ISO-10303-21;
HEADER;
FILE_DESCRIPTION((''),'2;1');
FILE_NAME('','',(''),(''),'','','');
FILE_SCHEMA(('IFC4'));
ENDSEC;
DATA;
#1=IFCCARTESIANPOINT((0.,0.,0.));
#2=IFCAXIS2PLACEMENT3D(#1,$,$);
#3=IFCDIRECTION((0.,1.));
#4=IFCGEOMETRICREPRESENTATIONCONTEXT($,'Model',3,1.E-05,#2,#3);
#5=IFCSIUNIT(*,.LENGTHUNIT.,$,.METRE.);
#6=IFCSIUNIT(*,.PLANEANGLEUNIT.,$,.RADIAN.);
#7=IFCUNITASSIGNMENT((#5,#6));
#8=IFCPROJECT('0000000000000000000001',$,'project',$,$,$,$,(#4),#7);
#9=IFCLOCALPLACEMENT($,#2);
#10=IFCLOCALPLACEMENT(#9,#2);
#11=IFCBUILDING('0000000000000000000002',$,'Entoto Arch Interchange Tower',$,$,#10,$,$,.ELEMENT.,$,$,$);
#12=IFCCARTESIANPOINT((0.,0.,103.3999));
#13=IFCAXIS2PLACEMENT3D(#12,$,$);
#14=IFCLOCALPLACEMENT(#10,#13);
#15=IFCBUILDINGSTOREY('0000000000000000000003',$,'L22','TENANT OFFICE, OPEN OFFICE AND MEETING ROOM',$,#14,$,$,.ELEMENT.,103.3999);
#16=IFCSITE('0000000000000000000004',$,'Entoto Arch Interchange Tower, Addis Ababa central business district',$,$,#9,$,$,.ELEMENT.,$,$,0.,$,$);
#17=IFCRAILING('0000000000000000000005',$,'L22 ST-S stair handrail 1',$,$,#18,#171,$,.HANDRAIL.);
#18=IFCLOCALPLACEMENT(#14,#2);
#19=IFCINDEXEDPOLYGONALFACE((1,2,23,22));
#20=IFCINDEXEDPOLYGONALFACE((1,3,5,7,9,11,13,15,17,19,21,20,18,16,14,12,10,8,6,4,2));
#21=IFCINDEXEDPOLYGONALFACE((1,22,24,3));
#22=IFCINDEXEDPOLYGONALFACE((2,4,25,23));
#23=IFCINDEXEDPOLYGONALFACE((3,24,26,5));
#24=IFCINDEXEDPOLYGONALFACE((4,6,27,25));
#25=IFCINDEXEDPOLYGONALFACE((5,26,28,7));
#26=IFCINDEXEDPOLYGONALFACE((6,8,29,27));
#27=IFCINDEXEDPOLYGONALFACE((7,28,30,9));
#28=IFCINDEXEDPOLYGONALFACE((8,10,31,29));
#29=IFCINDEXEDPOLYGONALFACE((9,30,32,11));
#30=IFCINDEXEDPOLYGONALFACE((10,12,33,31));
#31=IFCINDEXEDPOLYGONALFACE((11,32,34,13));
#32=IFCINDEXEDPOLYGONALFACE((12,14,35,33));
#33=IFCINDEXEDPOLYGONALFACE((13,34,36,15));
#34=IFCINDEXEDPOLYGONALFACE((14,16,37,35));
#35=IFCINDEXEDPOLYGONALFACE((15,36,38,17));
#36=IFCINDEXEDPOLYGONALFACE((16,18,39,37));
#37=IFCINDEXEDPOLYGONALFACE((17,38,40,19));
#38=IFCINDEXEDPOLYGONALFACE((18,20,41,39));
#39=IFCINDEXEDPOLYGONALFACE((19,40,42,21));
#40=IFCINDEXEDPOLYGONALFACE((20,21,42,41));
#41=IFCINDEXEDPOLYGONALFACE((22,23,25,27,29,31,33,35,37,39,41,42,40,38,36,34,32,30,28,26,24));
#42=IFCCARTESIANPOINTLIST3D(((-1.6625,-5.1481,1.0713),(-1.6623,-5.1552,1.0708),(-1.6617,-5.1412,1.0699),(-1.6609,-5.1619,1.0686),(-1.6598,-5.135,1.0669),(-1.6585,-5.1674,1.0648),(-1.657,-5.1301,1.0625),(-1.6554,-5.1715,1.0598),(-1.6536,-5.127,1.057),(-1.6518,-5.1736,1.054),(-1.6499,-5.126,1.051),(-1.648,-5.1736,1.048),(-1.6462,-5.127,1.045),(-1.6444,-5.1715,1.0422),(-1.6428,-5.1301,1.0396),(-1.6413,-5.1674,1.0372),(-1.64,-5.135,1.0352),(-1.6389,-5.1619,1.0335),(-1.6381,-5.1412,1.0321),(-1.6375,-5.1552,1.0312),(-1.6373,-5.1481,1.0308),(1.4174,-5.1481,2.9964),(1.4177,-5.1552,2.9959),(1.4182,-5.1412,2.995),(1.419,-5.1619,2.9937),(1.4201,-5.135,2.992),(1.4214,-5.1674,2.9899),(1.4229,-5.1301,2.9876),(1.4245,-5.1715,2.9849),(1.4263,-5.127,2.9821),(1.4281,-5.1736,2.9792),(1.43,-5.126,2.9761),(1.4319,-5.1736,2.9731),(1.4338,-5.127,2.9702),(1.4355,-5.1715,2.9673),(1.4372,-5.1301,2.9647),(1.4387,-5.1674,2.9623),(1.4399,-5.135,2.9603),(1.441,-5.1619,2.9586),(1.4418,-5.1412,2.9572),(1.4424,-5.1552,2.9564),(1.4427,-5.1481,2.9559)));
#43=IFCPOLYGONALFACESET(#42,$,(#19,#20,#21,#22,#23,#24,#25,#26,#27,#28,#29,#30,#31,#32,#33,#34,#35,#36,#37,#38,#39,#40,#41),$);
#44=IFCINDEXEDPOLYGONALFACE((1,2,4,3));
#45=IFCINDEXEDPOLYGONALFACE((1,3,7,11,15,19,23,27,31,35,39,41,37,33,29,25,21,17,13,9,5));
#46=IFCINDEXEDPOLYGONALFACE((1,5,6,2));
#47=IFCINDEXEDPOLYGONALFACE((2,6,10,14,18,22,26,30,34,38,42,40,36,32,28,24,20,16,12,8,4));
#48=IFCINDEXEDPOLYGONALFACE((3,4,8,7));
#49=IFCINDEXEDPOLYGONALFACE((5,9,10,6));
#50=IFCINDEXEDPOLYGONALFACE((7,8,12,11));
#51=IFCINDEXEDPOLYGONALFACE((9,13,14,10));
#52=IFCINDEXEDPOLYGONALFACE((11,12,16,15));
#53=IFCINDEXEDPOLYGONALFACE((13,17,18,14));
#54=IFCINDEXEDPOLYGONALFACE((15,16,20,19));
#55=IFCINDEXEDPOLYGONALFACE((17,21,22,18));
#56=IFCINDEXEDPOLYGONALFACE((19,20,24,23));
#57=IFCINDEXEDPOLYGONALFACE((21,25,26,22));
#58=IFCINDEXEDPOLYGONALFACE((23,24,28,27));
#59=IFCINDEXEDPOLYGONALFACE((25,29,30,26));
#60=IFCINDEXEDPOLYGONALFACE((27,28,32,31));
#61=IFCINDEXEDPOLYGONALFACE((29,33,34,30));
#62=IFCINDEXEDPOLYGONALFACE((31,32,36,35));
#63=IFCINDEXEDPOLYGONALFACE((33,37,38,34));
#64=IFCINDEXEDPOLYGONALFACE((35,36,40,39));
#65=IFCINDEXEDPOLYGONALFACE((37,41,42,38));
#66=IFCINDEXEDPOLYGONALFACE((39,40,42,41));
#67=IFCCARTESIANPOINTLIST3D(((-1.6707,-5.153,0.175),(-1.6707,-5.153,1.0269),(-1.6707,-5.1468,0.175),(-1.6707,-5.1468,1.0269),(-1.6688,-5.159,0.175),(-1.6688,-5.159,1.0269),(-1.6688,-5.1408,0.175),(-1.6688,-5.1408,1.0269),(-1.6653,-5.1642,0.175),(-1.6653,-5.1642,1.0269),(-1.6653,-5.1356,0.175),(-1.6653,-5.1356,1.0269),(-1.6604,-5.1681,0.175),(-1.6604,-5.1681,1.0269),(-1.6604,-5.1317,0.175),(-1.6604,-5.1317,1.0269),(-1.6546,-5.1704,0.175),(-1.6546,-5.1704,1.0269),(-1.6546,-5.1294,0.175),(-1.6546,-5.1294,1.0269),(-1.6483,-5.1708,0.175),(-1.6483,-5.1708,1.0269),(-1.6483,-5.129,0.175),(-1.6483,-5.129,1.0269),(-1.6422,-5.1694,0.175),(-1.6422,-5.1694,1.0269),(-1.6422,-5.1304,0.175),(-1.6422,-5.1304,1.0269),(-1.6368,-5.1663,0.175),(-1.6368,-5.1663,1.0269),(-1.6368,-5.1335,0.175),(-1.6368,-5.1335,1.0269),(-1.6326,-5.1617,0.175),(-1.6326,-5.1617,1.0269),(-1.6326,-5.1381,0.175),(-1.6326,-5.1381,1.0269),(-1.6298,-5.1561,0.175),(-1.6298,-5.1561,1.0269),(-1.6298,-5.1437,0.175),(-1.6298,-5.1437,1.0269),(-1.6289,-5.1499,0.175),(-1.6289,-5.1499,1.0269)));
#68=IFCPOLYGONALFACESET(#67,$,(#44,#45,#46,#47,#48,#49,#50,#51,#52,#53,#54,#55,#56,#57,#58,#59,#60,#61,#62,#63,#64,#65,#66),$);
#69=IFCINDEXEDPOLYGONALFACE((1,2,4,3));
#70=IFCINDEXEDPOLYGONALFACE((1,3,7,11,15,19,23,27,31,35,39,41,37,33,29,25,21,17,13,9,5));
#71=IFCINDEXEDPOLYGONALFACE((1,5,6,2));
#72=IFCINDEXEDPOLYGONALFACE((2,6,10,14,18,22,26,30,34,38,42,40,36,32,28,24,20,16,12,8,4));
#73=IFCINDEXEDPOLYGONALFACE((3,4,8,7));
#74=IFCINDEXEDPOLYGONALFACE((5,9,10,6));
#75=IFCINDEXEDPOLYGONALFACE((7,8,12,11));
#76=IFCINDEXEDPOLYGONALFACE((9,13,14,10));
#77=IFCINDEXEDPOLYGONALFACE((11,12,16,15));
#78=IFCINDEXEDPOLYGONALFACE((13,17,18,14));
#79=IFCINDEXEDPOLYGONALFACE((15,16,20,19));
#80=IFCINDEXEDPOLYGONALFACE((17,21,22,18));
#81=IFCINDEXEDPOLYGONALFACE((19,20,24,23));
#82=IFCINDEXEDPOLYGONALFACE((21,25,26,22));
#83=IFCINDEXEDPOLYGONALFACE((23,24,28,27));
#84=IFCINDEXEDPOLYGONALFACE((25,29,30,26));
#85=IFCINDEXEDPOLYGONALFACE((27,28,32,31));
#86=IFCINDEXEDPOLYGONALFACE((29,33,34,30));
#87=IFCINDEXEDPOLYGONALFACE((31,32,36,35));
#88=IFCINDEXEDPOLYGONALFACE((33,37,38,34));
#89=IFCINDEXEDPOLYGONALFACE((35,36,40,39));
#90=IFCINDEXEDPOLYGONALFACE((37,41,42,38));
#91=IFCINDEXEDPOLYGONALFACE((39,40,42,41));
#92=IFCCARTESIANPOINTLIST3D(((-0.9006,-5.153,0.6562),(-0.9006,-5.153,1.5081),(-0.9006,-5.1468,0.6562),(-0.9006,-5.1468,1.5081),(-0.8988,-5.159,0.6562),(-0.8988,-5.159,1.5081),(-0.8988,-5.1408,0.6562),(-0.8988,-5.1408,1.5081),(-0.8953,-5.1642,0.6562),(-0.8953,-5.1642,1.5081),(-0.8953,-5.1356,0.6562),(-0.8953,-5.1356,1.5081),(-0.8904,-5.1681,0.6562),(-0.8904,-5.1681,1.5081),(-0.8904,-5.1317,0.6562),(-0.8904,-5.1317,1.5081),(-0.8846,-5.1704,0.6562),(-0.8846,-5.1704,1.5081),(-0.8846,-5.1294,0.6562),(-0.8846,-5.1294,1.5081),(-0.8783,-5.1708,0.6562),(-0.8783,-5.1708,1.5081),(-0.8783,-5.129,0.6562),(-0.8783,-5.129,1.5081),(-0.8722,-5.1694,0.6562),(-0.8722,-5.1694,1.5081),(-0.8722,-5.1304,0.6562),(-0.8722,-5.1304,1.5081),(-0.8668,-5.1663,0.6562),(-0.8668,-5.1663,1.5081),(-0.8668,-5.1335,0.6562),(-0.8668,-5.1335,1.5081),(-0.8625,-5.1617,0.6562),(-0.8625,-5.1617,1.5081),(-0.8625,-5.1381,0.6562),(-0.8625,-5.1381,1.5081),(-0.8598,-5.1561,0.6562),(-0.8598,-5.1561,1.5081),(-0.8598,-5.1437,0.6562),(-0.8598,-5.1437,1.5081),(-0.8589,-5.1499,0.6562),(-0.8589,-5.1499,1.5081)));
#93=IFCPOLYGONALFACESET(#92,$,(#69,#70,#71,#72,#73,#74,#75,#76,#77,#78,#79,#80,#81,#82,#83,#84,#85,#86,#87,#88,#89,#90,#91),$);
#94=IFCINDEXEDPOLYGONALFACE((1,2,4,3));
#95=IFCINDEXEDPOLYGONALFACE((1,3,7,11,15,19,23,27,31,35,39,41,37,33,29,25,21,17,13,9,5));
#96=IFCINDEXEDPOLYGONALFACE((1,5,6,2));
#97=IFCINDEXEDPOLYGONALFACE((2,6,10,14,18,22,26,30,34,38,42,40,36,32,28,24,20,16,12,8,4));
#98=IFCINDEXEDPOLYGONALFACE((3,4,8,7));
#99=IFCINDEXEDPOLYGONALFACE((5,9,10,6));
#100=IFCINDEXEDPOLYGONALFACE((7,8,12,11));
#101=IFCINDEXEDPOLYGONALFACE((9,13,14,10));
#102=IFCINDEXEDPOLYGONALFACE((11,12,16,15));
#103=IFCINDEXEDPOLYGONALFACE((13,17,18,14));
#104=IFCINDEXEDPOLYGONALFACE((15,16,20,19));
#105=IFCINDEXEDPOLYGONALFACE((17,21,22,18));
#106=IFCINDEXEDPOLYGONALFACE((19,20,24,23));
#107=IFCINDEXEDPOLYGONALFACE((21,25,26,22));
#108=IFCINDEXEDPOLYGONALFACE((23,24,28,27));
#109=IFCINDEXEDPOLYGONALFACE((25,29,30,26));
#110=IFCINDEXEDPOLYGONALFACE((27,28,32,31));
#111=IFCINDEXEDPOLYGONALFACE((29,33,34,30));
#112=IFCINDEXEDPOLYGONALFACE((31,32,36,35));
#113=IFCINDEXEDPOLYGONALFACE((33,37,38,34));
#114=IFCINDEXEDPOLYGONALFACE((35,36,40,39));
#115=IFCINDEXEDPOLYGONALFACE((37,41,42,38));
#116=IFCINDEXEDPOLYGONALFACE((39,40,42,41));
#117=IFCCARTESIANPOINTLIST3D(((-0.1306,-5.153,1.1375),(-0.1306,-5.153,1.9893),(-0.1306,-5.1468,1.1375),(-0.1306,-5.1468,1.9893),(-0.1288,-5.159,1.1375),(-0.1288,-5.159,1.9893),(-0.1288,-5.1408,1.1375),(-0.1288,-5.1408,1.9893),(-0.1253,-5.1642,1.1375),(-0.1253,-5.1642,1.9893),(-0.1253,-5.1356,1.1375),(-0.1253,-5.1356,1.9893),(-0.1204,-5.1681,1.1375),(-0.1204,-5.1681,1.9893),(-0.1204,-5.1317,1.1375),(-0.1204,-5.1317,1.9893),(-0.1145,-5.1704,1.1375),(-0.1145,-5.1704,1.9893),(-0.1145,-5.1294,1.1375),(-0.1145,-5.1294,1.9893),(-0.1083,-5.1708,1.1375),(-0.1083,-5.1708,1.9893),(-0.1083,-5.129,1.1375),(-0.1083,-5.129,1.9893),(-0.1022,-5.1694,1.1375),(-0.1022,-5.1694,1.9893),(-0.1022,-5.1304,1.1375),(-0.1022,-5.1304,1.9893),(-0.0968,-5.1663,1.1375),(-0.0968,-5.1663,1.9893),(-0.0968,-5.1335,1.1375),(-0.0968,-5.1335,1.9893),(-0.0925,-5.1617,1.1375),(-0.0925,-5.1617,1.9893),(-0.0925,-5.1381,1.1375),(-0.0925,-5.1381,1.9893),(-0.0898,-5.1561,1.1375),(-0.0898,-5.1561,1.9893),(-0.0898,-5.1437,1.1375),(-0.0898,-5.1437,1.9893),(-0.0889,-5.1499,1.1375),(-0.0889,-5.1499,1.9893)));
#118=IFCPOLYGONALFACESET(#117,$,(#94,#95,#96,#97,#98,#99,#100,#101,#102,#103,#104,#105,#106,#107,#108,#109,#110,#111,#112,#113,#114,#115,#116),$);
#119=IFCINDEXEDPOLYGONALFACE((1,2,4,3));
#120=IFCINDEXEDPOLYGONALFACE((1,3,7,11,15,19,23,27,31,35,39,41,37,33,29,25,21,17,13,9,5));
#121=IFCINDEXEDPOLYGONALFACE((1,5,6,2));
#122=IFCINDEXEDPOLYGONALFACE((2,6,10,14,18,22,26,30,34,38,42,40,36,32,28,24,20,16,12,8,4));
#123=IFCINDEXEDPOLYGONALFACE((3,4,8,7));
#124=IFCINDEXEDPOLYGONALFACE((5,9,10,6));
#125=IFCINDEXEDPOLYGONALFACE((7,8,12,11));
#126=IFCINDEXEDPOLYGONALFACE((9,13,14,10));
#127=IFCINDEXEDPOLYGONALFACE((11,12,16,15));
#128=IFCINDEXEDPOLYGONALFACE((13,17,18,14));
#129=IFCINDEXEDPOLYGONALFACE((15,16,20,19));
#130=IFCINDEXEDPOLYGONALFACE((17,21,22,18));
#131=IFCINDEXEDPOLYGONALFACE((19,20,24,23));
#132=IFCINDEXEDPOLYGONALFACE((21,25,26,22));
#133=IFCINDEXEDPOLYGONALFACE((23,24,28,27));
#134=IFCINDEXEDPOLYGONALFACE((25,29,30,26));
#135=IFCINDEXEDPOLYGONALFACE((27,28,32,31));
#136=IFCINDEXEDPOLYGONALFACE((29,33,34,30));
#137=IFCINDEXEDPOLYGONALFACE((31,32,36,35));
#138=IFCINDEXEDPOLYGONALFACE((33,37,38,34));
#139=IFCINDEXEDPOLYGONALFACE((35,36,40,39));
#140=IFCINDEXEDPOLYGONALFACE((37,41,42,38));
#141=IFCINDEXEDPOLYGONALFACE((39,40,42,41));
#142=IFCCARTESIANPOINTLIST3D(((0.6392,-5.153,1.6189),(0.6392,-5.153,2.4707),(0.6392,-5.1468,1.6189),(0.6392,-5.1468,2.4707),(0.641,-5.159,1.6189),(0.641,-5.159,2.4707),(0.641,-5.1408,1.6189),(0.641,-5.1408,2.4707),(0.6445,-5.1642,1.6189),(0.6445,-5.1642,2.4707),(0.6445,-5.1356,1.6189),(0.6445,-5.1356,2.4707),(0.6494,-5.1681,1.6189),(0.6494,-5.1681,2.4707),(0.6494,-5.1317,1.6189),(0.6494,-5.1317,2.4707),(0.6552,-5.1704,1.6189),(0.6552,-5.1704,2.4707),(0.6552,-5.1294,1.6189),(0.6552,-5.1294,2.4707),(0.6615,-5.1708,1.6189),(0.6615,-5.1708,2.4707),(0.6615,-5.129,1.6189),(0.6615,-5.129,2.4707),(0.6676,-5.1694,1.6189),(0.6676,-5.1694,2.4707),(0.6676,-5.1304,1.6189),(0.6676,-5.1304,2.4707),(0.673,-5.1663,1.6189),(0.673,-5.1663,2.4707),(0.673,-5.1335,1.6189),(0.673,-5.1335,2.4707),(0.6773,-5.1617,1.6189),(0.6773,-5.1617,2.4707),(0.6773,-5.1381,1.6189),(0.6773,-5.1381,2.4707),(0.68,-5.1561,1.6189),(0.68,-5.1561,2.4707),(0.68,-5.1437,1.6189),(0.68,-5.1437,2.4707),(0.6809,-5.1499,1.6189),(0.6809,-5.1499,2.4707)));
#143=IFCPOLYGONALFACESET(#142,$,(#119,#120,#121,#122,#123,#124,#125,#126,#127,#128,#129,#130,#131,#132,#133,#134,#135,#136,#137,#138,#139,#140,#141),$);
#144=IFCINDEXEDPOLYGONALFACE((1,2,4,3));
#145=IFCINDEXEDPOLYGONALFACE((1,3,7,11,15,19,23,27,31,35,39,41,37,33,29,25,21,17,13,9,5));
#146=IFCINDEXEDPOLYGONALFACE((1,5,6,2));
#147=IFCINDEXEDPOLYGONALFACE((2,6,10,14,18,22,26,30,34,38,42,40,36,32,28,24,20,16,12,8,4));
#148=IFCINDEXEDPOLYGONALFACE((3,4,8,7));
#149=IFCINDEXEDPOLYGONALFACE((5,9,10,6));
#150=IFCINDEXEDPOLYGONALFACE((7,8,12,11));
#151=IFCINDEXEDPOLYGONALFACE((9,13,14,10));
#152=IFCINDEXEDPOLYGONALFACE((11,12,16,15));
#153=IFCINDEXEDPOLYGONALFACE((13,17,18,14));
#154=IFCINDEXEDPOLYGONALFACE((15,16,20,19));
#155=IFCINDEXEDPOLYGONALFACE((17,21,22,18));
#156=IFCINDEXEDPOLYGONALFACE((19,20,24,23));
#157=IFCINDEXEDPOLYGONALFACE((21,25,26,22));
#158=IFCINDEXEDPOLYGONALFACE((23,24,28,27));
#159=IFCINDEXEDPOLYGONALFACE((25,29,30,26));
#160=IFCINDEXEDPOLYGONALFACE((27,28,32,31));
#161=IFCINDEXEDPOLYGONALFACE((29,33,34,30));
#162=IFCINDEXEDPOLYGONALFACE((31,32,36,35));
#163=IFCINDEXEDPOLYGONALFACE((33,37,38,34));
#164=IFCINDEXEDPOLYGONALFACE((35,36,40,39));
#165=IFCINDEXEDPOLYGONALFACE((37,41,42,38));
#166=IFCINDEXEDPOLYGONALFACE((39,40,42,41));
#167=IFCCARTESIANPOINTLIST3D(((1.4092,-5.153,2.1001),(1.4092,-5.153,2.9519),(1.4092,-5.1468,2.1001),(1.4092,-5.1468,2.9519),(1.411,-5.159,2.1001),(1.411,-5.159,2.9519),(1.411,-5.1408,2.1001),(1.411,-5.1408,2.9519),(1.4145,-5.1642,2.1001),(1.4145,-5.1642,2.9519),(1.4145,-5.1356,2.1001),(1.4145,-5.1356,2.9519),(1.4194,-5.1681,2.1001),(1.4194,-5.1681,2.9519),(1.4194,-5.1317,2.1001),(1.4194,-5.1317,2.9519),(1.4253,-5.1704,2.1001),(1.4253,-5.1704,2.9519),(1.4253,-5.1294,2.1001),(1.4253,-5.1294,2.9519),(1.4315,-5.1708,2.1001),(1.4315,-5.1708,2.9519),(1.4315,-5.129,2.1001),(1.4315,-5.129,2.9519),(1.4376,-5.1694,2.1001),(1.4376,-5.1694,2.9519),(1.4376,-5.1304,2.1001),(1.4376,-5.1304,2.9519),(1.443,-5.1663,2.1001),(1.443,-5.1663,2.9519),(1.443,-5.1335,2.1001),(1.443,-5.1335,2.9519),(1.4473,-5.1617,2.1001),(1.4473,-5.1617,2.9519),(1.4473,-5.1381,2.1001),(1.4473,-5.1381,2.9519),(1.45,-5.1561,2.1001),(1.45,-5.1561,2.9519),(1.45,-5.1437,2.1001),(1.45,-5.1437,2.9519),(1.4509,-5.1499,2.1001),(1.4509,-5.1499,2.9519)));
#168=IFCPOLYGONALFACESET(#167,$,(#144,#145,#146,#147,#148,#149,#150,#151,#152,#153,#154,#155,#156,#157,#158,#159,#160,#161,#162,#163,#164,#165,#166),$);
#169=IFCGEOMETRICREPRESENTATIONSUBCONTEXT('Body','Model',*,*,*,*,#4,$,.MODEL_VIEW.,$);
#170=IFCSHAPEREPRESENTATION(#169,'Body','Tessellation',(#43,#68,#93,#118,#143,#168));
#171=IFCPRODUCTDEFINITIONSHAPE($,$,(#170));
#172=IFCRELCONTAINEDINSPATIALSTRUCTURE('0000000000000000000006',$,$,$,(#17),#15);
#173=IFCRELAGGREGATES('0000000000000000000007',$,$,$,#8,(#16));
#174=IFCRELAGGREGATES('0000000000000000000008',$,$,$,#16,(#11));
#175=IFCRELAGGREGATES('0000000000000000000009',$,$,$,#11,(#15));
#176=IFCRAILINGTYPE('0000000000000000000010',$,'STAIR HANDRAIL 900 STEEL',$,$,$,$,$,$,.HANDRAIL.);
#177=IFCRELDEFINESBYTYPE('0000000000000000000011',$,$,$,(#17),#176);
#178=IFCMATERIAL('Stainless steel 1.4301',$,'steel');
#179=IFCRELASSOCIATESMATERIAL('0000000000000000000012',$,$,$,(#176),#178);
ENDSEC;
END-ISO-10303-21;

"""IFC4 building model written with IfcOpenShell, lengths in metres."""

from ifc_helpers import new_model, si_unit, direction, frame, origin, origin_2d, place, context, subcontext, project, spatial, circle, extrude, material, type_object, element, save


model = new_model("IFC4")

# Units and contexts
model_context = context("Model", 3, precision=1e-05, world=origin(), true_north=direction((0.0, 1.0)))
body_context = subcontext(model_context, "Body", "Model", "MODEL_VIEW")
ifc_project = project(units=[si_unit("LENGTHUNIT", "METRE"), si_unit("PLANEANGLEUNIT", "RADIAN")], contexts=[model_context])

# Site, building, storey
site_placement = place(None, origin())
site = spatial("IfcSite", under=ifc_project, at=site_placement, Name="Entoto Arch Interchange Tower, Addis Ababa central business district", CompositionType="ELEMENT", RefElevation=0.0)
building_placement = place(site_placement, origin())
building = spatial("IfcBuilding", under=site, at=building_placement, Name="Entoto Arch Interchange Tower", CompositionType="ELEMENT")
storey_placement = place(building_placement, frame((0.0, 0.0, 103.3999)))
storey = spatial("IfcBuildingStorey", under=building, at=storey_placement, Name="L22", Description="TENANT OFFICE, OPEN OFFICE AND MEETING ROOM", CompositionType="ELEMENT", Elevation=103.3999)

# Railing
ifc_material_1 = material(Name="Stainless steel 1.4301", Category="steel")
railing_type_1 = type_object("IfcRailingType", Name="STAIR HANDRAIL 900 STEEL", PredefinedType="HANDRAIL", material=ifc_material_1)
railing_1_placement = place(storey_placement, frame((-1.6499, -5.1499, 0.175)))
element("IfcRailing", 1, at=railing_1_placement, inside=storey, type_object=railing_type_1, Name="L22 ST-S stair handrail 1", PredefinedType="HANDRAIL", context=body_context, shape_type="SweptSolid", body=[
    extrude(circle(Radius=0.0239, at=origin_2d()), frame((0.0, 0.0, 0.876), z_axis=(0.847979, 0.0, 0.530029), x_axis=(0.0, 1.0, 0.0)), (0.0, 0.0, 1.0), 3.6321),
    extrude(circle(Radius=0.021, at=origin_2d()), origin(), (0.0, 0.0, 1.0), 0.8518),
    extrude(circle(Radius=0.021, at=origin_2d()), frame((0.77, 0.0, 0.4812)), (0.0, 0.0, 1.0), 0.8518),
    extrude(circle(Radius=0.021, at=origin_2d()), frame((1.54, 0.0, 0.9624)), (0.0, 0.0, 1.0), 0.8518),
    extrude(circle(Radius=0.021, at=origin_2d()), frame((2.3098, 0.0, 1.4438)), (0.0, 0.0, 1.0), 0.8518),
    extrude(circle(Radius=0.021, at=origin_2d()), frame((3.0798, 0.0, 1.925)), (0.0, 0.0, 1.0), 0.8518),
])

save(model, "model.ifc")
